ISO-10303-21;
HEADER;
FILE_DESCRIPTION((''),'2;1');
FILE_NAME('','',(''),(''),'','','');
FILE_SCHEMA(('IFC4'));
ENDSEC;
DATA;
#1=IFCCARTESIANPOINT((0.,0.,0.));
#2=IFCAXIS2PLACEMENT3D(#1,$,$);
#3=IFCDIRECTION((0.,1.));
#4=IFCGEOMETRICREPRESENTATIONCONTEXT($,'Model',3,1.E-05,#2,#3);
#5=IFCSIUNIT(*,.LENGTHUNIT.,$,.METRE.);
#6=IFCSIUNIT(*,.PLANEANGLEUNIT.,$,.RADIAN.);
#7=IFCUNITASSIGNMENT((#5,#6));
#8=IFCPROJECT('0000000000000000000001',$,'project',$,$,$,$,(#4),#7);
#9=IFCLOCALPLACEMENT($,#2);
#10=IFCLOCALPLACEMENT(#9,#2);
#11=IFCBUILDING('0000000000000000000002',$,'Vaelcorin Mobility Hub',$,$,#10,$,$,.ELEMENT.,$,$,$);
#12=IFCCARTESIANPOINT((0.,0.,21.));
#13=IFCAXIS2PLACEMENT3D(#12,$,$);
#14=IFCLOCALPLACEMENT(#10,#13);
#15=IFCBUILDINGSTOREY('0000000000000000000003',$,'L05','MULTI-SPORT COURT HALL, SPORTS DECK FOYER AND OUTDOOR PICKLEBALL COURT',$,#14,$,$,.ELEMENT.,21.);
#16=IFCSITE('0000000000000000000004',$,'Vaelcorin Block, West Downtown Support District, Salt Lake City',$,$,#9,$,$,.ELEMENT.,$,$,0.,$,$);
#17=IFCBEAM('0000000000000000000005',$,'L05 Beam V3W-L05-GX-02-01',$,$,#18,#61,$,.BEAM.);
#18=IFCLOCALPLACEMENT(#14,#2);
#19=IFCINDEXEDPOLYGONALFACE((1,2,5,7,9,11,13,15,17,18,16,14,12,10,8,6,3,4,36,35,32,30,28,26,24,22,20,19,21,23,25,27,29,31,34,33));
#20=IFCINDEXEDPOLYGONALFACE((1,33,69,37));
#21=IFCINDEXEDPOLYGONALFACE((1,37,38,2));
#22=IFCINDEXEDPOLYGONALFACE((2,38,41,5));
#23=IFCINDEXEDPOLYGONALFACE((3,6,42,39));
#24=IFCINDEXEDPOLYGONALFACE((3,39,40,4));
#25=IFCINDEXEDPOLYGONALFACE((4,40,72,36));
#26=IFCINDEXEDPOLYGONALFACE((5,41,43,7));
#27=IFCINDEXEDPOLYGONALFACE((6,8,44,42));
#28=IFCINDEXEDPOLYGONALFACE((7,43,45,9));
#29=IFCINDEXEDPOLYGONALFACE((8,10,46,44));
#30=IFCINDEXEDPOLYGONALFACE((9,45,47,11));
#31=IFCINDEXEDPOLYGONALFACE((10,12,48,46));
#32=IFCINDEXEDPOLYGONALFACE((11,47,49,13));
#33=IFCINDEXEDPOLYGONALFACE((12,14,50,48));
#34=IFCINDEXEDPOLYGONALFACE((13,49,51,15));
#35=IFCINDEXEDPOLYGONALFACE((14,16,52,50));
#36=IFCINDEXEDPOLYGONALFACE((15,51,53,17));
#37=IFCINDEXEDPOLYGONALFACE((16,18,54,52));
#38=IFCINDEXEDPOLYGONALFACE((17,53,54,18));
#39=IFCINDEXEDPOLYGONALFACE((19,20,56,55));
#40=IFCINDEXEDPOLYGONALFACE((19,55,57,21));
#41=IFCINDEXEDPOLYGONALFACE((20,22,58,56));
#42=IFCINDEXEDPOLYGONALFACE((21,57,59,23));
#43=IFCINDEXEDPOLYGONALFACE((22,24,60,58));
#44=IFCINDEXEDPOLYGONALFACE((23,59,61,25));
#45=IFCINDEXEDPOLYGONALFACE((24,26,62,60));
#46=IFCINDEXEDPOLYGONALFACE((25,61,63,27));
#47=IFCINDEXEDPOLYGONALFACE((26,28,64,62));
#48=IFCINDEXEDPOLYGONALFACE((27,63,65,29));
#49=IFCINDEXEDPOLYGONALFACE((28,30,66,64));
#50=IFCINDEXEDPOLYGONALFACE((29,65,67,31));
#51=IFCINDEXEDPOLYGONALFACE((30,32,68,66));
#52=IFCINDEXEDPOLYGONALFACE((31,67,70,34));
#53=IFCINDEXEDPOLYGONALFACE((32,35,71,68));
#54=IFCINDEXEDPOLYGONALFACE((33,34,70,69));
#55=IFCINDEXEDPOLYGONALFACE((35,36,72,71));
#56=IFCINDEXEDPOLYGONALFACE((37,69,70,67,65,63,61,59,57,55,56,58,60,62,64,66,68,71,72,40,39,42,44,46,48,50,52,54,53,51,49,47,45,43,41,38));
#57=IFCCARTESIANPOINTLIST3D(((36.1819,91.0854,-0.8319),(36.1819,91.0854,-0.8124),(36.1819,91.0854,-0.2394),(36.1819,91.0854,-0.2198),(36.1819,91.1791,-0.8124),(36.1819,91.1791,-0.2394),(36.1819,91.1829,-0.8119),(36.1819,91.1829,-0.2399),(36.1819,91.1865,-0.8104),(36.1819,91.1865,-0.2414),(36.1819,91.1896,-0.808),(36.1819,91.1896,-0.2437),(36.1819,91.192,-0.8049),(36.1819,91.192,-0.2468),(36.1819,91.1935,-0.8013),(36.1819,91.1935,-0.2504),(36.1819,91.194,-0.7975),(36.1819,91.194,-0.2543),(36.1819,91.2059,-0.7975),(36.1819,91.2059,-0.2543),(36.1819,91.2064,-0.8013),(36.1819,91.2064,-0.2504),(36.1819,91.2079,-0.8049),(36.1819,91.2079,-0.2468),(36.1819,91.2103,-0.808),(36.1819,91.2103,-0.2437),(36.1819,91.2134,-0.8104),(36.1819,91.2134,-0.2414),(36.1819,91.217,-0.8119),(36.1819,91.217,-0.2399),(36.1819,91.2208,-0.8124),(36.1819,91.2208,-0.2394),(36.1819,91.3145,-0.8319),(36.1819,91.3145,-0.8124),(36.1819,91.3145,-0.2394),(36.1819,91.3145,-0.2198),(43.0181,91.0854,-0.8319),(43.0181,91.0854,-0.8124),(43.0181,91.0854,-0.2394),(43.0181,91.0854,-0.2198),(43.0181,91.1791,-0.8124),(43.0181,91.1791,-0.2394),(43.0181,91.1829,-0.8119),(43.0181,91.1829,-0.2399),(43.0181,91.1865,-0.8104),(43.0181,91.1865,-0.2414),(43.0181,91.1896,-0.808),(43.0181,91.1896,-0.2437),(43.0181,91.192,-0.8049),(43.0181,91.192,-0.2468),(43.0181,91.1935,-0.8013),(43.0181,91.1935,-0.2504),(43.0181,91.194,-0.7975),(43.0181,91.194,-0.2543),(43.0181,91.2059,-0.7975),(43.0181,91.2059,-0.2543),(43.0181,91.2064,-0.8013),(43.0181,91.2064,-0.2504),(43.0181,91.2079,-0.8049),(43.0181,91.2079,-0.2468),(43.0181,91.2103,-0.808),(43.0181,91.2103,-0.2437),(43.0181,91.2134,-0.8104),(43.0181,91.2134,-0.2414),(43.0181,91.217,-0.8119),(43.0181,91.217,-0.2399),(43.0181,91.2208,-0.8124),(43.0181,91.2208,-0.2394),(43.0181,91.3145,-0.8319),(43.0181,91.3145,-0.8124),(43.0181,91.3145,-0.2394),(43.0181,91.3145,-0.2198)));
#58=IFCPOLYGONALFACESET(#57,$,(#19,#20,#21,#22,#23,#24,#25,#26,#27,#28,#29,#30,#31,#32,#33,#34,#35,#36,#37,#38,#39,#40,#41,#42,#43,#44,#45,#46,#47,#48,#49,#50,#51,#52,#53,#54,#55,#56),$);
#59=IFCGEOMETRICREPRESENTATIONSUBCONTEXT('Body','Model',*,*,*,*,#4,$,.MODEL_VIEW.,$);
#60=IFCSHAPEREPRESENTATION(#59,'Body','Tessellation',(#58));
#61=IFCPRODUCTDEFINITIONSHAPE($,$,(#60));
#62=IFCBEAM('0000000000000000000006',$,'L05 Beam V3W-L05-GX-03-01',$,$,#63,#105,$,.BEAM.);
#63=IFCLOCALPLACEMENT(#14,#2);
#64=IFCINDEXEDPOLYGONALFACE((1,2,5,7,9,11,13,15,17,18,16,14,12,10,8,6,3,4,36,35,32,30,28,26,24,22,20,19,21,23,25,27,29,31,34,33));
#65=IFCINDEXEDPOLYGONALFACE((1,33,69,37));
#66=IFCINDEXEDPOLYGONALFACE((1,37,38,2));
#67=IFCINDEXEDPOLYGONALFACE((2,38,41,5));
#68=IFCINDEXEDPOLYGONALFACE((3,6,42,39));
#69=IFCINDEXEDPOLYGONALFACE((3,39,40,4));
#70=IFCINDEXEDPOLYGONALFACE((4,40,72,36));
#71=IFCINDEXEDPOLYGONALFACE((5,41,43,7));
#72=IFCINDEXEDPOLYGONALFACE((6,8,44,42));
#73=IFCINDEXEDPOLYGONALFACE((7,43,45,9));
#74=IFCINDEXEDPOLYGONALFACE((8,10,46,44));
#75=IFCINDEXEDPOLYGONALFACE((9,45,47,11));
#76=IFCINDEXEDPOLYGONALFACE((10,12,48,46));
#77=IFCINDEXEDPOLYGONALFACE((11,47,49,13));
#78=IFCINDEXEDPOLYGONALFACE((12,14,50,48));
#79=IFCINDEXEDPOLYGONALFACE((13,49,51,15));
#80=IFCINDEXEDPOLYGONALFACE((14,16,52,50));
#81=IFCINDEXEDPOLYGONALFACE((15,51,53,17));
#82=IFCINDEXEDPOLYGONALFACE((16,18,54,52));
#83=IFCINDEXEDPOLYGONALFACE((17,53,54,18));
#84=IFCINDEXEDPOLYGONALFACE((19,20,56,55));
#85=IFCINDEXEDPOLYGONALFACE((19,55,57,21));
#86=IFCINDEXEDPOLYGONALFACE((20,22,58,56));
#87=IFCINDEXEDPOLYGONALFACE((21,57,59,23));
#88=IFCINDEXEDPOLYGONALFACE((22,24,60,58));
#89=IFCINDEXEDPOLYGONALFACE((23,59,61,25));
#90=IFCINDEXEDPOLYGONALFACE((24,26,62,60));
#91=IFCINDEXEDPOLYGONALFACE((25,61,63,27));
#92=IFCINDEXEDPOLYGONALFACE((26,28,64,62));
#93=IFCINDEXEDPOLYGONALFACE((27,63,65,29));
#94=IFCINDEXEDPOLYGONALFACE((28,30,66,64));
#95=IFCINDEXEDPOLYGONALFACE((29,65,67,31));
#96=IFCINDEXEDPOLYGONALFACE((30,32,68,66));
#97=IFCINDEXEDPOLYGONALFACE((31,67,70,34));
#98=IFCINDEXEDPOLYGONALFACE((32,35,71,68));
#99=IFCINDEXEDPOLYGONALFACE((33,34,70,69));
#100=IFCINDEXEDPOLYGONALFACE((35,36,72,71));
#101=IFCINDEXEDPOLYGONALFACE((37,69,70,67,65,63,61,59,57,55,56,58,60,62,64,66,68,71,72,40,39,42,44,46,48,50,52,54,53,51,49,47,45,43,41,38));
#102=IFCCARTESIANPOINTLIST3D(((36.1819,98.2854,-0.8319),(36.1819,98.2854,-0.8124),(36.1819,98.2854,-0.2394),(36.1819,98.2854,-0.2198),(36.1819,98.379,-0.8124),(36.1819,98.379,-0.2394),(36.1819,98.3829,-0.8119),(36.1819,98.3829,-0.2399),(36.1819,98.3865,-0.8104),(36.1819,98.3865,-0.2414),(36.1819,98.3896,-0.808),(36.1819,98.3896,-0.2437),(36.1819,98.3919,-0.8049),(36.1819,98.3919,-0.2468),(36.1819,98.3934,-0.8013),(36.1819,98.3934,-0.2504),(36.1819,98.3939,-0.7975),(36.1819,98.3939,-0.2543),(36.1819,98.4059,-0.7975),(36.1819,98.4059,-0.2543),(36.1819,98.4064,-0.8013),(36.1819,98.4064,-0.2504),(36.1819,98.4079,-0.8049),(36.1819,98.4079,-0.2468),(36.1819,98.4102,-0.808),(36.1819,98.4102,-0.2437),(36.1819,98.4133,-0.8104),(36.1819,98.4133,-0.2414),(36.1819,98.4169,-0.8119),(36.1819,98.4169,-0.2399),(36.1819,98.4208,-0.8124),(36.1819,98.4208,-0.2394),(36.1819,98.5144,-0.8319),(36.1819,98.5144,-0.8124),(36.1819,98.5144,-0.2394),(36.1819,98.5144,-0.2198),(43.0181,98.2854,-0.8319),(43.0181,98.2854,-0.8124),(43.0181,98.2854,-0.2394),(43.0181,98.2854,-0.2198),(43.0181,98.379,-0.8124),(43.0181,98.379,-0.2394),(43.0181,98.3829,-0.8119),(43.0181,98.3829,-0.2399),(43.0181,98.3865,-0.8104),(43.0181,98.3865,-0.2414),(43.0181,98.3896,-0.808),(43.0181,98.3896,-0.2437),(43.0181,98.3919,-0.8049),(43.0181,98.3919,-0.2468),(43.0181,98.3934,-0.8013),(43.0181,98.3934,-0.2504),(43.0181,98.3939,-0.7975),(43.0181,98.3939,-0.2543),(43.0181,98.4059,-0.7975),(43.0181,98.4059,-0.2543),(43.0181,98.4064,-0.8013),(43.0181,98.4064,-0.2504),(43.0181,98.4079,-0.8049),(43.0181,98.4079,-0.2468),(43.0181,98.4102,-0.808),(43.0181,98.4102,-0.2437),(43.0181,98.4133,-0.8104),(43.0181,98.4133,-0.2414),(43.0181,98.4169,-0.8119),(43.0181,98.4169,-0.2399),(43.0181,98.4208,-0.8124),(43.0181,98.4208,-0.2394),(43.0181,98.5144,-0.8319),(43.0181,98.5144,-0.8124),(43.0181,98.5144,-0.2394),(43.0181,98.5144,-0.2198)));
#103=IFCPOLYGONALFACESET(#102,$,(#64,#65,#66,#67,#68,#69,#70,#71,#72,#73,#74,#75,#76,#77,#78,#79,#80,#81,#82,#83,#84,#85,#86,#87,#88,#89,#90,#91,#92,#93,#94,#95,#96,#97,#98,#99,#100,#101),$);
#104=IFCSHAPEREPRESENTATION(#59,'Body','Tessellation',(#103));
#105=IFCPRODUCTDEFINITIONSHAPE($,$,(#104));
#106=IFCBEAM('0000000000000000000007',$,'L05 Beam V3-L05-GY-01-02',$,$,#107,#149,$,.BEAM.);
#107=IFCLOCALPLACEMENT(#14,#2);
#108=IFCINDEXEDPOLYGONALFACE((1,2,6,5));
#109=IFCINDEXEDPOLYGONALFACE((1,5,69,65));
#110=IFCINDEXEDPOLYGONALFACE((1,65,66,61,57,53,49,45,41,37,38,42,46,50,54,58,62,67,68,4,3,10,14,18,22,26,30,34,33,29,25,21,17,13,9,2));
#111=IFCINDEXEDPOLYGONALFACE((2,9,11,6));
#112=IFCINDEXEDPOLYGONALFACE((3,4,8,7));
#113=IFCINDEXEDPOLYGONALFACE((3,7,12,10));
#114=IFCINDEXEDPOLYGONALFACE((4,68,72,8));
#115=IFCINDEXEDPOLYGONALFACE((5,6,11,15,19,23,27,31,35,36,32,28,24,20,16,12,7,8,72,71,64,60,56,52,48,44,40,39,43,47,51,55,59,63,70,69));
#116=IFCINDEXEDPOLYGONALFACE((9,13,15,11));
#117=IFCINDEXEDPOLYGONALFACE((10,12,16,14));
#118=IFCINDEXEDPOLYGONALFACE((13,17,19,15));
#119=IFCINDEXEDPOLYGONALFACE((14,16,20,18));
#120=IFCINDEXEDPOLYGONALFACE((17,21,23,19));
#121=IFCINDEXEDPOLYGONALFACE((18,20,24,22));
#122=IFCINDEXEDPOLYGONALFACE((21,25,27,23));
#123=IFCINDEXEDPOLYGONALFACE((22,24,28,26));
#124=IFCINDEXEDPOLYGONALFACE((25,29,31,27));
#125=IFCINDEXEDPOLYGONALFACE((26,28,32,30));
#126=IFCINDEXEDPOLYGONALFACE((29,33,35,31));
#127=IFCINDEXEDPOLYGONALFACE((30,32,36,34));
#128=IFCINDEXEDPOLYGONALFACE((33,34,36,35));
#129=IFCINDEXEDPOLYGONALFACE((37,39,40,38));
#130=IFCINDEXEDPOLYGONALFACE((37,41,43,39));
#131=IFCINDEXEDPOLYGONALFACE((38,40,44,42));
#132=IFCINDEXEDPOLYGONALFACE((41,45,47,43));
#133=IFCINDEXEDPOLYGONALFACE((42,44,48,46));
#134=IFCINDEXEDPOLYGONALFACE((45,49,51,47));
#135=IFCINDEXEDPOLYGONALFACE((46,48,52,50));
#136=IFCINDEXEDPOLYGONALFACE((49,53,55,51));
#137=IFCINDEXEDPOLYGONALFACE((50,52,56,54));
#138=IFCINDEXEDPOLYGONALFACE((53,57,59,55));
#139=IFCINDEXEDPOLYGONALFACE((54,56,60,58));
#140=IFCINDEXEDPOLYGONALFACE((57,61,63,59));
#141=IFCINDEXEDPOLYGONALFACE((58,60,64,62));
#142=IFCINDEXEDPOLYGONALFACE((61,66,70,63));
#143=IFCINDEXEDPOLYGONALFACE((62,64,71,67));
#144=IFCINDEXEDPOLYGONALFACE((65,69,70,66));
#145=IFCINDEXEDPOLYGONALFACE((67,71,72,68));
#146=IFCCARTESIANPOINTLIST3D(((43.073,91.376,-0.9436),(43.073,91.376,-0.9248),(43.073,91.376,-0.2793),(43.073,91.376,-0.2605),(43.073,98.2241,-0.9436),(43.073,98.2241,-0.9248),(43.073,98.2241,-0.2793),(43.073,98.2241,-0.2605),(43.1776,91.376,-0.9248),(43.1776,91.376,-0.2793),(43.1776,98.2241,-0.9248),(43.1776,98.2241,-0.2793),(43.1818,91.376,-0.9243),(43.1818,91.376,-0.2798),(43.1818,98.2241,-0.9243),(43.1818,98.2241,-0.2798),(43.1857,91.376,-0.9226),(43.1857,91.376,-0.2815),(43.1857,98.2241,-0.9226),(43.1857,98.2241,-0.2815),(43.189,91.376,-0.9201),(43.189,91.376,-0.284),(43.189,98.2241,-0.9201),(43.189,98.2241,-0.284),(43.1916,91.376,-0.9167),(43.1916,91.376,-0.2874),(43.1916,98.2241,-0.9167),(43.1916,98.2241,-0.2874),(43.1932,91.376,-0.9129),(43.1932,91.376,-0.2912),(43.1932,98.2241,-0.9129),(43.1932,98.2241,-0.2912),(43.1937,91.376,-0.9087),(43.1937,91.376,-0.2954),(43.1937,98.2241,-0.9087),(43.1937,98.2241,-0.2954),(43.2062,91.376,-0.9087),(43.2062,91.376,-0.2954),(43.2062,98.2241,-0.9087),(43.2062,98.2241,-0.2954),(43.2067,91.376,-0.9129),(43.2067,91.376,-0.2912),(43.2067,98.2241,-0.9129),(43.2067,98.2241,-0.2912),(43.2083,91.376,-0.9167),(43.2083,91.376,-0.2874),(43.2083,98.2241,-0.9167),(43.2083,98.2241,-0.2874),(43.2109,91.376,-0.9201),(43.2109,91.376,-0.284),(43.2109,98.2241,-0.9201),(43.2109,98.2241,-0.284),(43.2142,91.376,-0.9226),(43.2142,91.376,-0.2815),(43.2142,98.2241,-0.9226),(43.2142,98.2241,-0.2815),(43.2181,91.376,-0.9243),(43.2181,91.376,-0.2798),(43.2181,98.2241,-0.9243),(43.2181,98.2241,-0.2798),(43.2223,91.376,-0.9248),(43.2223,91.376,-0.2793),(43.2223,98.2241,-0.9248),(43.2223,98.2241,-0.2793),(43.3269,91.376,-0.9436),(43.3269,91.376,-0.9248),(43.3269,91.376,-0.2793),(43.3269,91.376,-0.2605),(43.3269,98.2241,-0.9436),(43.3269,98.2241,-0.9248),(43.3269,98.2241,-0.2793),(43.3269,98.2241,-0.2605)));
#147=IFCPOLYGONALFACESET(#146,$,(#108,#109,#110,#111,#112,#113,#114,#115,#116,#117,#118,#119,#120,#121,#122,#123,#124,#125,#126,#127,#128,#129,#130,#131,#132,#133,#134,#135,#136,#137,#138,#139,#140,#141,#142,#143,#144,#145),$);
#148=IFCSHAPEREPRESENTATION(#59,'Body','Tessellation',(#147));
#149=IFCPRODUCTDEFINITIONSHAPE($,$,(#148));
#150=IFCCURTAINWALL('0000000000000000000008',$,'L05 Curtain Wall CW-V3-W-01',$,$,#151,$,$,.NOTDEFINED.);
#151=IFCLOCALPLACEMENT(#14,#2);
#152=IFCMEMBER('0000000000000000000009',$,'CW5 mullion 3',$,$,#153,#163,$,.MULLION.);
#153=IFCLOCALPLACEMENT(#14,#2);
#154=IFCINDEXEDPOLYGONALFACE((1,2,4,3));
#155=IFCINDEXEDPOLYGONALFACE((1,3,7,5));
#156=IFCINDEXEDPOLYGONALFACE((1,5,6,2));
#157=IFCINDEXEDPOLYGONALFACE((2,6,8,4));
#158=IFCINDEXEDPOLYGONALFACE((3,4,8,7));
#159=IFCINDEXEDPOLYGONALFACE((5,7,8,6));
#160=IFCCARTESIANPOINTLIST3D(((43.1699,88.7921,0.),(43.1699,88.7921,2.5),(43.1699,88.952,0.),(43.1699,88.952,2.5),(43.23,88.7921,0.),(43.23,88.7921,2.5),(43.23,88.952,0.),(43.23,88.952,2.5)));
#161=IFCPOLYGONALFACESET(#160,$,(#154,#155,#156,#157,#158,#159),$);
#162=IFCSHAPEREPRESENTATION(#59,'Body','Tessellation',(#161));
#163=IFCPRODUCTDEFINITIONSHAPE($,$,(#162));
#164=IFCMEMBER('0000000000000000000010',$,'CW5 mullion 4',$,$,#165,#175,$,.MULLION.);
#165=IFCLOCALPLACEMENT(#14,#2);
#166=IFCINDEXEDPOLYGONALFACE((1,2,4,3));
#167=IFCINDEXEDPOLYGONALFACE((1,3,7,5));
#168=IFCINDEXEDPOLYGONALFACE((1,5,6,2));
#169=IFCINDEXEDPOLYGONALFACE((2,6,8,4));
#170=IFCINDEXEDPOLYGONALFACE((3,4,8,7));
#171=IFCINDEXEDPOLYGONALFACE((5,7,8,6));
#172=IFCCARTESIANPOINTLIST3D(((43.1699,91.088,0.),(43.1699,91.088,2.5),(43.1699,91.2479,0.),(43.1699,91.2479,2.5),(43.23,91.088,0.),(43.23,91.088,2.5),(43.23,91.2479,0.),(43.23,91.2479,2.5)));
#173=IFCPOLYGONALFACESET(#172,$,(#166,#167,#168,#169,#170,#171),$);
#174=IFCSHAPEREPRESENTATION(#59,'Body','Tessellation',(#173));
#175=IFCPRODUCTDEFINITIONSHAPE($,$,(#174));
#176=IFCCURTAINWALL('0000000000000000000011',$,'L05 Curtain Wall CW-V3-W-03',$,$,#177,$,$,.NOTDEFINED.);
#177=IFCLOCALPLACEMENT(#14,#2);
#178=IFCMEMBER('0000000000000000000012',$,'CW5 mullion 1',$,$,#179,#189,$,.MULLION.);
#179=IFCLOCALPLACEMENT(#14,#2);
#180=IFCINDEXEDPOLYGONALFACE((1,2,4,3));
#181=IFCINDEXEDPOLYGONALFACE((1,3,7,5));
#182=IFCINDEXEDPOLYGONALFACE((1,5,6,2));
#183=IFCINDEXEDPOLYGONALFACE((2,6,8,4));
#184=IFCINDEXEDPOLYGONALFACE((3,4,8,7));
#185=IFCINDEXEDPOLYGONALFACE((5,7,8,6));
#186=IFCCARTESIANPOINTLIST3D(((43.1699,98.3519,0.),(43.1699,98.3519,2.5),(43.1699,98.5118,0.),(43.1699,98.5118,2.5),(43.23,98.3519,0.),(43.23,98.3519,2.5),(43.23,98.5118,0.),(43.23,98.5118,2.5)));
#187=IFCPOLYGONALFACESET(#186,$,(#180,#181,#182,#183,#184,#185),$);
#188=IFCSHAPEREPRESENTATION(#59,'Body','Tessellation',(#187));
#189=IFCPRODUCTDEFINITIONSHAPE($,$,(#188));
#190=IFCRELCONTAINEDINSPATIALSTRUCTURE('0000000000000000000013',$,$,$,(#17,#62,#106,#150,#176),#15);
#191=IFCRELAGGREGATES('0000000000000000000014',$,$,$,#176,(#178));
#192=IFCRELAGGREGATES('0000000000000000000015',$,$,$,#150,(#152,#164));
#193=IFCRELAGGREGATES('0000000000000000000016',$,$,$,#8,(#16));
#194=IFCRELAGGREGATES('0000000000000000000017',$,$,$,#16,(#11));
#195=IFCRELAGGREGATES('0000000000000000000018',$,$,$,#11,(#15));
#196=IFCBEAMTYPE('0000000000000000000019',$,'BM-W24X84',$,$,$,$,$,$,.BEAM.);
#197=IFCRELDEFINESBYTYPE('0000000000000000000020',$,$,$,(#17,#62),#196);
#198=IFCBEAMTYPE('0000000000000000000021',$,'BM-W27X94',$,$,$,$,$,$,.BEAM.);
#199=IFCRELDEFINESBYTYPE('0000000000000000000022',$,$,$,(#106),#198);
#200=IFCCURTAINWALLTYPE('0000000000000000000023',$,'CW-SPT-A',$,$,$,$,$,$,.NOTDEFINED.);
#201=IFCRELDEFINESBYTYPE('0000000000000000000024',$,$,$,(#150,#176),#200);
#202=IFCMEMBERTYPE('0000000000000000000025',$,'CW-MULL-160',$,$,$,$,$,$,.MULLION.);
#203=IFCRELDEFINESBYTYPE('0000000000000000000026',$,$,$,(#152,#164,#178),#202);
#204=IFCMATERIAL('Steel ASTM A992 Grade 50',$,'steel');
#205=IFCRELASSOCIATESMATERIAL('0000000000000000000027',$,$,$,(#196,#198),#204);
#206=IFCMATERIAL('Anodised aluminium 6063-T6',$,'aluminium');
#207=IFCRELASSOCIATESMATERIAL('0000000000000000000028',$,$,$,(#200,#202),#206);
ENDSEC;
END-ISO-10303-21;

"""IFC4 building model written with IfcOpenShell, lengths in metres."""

from ifc_helpers import new_model, si_unit, direction, frame, origin, origin_2d, place, context, subcontext, project, spatial, rectangle, i_section, extrude, material, material_profile, profile_set, type_object, element, aggregate, save


model = new_model("IFC4")

# Units and contexts
model_context = context("Model", 3, precision=1e-05, world=origin(), true_north=direction((0.0, 1.0)))
body_context = subcontext(model_context, "Body", "Model", "MODEL_VIEW")
ifc_project = project(units=[si_unit("LENGTHUNIT", "METRE"), si_unit("PLANEANGLEUNIT", "RADIAN")], contexts=[model_context])

# Site, building, storey
site_placement = place(None, origin())
site = spatial("IfcSite", under=ifc_project, at=site_placement, Name="Vaelcorin Block, West Downtown Support District, Salt Lake City", CompositionType="ELEMENT", RefElevation=0.0)
building_placement = place(site_placement, origin())
building = spatial("IfcBuilding", under=site, at=building_placement, Name="Vaelcorin Mobility Hub", CompositionType="ELEMENT")
storey_placement = place(building_placement, frame((0.0, 0.0, 21.0)))
storey = spatial("IfcBuildingStorey", under=building, at=storey_placement, Name="L05", Description="MULTI-SPORT COURT HALL, SPORTS DECK FOYER AND OUTDOOR PICKLEBALL COURT", CompositionType="ELEMENT", Elevation=21.0)

# Shared definitions
ifc_material_1 = material(Name="Steel ASTM A992 Grade 50", Category="steel")

# Beams
ifc_material_profile_1 = material_profile(ifc_material_1, i_section(OverallWidth=0.229, OverallDepth=0.6121, WebThickness=0.012, FlangeThickness=0.0195, FilletRadius=0.0149, at=origin_2d()), Name="W24X84")
ifc_profile_set_1 = profile_set([ifc_material_profile_1], Name="Steel ASTM A992 Grade 50")
beam_type_1 = type_object("IfcBeamType", Name="BM-W24X84", PredefinedType="BEAM", material=ifc_profile_set_1)
for number, where, z_axis, x_axis, name in (
    (1, (36.1819, 91.2, -0.5259), (1.0, 0.0, 0.0), (0.0, 1.0, 0.0), "L05 Beam V3W-L05-GX-02-01"),
    (2, (36.1819, 98.3999, -0.5259), (1.0, 0.0, 0.0), (0.0, 1.0, 0.0), "L05 Beam V3W-L05-GX-03-01"),
):
    element("IfcBeam", number, at=place(storey_placement, frame(where, z_axis=z_axis, x_axis=x_axis)), inside=storey, type_object=beam_type_1, Name=name, PredefinedType="BEAM", context=body_context, shape_type="SweptSolid", body=[
        extrude(i_section(OverallWidth=0.229, OverallDepth=0.6121, WebThickness=0.012, FlangeThickness=0.0195, FilletRadius=0.0149, at=origin_2d()), origin(), (0.0, 0.0, 1.0), 6.8362),
    ])
ifc_material_profile_2 = material_profile(ifc_material_1, i_section(OverallWidth=0.2539, OverallDepth=0.6831, WebThickness=0.0125, FlangeThickness=0.0188, FilletRadius=0.0161, at=origin_2d()), Name="W27X94")
ifc_profile_set_2 = profile_set([ifc_material_profile_2], Name="Steel ASTM A992 Grade 50")
beam_type_2 = type_object("IfcBeamType", Name="BM-W27X94", PredefinedType="BEAM", material=ifc_profile_set_2)
beam_placement = place(storey_placement, frame((43.2, 91.376, -0.6021), z_axis=(0.0, 1.0, 0.0), x_axis=(-1.0, 0.0, 0.0)))
element("IfcBeam", 3, at=beam_placement, inside=storey, type_object=beam_type_2, Name="L05 Beam V3-L05-GY-01-02", PredefinedType="BEAM", context=body_context, shape_type="SweptSolid", body=[
    extrude(i_section(OverallWidth=0.2539, OverallDepth=0.6831, WebThickness=0.0125, FlangeThickness=0.0188, FilletRadius=0.0161, at=origin_2d()), origin(), (0.0, 0.0, 1.0), 6.8481),
])

# Curtain wall, members
ifc_material_2 = material(Name="Anodised aluminium 6063-T6", Category="aluminium")
curtain_wall_type = type_object("IfcCurtainWallType", Name="CW-SPT-A", PredefinedType="NOTDEFINED", material=ifc_material_2)
curtain_wall_1_placement = place(storey_placement, origin())
curtain_wall_1 = element("IfcCurtainWall", 4, at=curtain_wall_1_placement, inside=storey, type_object=curtain_wall_type, Name="L05 Curtain Wall CW-V3-W-01", PredefinedType="NOTDEFINED")
ifc_material_profile_3 = material_profile(ifc_material_2, rectangle(XDim=0.0601, YDim=0.1599, at=origin_2d()), Name="ALU-M60X160")
ifc_profile_set_3 = profile_set([ifc_material_profile_3], Name="Anodised aluminium 6063-T6")
member_type_1 = type_object("IfcMemberType", Name="CW-MULL-160", PredefinedType="MULLION", material=ifc_profile_set_3)
member_1_placement = place(storey_placement, frame((43.2, 88.8721, 0.0), z_axis=(0.0, 0.0, 1.0), x_axis=(-1.0, 0.0, 0.0)))
member_1 = element("IfcMember", 5, at=member_1_placement, type_object=member_type_1, Name="CW5 mullion 3", PredefinedType="MULLION", context=body_context, shape_type="SweptSolid", body=[
    extrude(rectangle(XDim=0.0601, YDim=0.1599, at=origin_2d()), origin(), (0.0, 0.0, 1.0), 2.5),
])
member_2_placement = place(storey_placement, frame((43.2, 91.168, 0.0), z_axis=(0.0, 0.0, 1.0), x_axis=(-1.0, 0.0, 0.0)))
member_2 = element("IfcMember", 6, at=member_2_placement, type_object=member_type_1, Name="CW5 mullion 4", PredefinedType="MULLION", context=body_context, shape_type="SweptSolid", body=[
    extrude(rectangle(XDim=0.0601, YDim=0.1599, at=origin_2d()), origin(), (0.0, 0.0, 1.0), 2.5),
])

# Curtain wall, member
curtain_wall_2_placement = place(storey_placement, origin())
curtain_wall_2 = element("IfcCurtainWall", 7, at=curtain_wall_2_placement, inside=storey, type_object=curtain_wall_type, Name="L05 Curtain Wall CW-V3-W-03", PredefinedType="NOTDEFINED")
member_3_placement = place(storey_placement, frame((43.2, 98.4319, 0.0), z_axis=(0.0, 0.0, 1.0), x_axis=(-1.0, 0.0, 0.0)))
member_3 = element("IfcMember", 8, at=member_3_placement, type_object=member_type_1, Name="CW5 mullion 1", PredefinedType="MULLION", context=body_context, shape_type="SweptSolid", body=[
    extrude(rectangle(XDim=0.0601, YDim=0.1599, at=origin_2d()), origin(), (0.0, 0.0, 1.0), 2.5),
])
aggregate(curtain_wall_2, [member_3])

aggregate(curtain_wall_1, [member_1, member_2])

save(model, "model.ifc")
